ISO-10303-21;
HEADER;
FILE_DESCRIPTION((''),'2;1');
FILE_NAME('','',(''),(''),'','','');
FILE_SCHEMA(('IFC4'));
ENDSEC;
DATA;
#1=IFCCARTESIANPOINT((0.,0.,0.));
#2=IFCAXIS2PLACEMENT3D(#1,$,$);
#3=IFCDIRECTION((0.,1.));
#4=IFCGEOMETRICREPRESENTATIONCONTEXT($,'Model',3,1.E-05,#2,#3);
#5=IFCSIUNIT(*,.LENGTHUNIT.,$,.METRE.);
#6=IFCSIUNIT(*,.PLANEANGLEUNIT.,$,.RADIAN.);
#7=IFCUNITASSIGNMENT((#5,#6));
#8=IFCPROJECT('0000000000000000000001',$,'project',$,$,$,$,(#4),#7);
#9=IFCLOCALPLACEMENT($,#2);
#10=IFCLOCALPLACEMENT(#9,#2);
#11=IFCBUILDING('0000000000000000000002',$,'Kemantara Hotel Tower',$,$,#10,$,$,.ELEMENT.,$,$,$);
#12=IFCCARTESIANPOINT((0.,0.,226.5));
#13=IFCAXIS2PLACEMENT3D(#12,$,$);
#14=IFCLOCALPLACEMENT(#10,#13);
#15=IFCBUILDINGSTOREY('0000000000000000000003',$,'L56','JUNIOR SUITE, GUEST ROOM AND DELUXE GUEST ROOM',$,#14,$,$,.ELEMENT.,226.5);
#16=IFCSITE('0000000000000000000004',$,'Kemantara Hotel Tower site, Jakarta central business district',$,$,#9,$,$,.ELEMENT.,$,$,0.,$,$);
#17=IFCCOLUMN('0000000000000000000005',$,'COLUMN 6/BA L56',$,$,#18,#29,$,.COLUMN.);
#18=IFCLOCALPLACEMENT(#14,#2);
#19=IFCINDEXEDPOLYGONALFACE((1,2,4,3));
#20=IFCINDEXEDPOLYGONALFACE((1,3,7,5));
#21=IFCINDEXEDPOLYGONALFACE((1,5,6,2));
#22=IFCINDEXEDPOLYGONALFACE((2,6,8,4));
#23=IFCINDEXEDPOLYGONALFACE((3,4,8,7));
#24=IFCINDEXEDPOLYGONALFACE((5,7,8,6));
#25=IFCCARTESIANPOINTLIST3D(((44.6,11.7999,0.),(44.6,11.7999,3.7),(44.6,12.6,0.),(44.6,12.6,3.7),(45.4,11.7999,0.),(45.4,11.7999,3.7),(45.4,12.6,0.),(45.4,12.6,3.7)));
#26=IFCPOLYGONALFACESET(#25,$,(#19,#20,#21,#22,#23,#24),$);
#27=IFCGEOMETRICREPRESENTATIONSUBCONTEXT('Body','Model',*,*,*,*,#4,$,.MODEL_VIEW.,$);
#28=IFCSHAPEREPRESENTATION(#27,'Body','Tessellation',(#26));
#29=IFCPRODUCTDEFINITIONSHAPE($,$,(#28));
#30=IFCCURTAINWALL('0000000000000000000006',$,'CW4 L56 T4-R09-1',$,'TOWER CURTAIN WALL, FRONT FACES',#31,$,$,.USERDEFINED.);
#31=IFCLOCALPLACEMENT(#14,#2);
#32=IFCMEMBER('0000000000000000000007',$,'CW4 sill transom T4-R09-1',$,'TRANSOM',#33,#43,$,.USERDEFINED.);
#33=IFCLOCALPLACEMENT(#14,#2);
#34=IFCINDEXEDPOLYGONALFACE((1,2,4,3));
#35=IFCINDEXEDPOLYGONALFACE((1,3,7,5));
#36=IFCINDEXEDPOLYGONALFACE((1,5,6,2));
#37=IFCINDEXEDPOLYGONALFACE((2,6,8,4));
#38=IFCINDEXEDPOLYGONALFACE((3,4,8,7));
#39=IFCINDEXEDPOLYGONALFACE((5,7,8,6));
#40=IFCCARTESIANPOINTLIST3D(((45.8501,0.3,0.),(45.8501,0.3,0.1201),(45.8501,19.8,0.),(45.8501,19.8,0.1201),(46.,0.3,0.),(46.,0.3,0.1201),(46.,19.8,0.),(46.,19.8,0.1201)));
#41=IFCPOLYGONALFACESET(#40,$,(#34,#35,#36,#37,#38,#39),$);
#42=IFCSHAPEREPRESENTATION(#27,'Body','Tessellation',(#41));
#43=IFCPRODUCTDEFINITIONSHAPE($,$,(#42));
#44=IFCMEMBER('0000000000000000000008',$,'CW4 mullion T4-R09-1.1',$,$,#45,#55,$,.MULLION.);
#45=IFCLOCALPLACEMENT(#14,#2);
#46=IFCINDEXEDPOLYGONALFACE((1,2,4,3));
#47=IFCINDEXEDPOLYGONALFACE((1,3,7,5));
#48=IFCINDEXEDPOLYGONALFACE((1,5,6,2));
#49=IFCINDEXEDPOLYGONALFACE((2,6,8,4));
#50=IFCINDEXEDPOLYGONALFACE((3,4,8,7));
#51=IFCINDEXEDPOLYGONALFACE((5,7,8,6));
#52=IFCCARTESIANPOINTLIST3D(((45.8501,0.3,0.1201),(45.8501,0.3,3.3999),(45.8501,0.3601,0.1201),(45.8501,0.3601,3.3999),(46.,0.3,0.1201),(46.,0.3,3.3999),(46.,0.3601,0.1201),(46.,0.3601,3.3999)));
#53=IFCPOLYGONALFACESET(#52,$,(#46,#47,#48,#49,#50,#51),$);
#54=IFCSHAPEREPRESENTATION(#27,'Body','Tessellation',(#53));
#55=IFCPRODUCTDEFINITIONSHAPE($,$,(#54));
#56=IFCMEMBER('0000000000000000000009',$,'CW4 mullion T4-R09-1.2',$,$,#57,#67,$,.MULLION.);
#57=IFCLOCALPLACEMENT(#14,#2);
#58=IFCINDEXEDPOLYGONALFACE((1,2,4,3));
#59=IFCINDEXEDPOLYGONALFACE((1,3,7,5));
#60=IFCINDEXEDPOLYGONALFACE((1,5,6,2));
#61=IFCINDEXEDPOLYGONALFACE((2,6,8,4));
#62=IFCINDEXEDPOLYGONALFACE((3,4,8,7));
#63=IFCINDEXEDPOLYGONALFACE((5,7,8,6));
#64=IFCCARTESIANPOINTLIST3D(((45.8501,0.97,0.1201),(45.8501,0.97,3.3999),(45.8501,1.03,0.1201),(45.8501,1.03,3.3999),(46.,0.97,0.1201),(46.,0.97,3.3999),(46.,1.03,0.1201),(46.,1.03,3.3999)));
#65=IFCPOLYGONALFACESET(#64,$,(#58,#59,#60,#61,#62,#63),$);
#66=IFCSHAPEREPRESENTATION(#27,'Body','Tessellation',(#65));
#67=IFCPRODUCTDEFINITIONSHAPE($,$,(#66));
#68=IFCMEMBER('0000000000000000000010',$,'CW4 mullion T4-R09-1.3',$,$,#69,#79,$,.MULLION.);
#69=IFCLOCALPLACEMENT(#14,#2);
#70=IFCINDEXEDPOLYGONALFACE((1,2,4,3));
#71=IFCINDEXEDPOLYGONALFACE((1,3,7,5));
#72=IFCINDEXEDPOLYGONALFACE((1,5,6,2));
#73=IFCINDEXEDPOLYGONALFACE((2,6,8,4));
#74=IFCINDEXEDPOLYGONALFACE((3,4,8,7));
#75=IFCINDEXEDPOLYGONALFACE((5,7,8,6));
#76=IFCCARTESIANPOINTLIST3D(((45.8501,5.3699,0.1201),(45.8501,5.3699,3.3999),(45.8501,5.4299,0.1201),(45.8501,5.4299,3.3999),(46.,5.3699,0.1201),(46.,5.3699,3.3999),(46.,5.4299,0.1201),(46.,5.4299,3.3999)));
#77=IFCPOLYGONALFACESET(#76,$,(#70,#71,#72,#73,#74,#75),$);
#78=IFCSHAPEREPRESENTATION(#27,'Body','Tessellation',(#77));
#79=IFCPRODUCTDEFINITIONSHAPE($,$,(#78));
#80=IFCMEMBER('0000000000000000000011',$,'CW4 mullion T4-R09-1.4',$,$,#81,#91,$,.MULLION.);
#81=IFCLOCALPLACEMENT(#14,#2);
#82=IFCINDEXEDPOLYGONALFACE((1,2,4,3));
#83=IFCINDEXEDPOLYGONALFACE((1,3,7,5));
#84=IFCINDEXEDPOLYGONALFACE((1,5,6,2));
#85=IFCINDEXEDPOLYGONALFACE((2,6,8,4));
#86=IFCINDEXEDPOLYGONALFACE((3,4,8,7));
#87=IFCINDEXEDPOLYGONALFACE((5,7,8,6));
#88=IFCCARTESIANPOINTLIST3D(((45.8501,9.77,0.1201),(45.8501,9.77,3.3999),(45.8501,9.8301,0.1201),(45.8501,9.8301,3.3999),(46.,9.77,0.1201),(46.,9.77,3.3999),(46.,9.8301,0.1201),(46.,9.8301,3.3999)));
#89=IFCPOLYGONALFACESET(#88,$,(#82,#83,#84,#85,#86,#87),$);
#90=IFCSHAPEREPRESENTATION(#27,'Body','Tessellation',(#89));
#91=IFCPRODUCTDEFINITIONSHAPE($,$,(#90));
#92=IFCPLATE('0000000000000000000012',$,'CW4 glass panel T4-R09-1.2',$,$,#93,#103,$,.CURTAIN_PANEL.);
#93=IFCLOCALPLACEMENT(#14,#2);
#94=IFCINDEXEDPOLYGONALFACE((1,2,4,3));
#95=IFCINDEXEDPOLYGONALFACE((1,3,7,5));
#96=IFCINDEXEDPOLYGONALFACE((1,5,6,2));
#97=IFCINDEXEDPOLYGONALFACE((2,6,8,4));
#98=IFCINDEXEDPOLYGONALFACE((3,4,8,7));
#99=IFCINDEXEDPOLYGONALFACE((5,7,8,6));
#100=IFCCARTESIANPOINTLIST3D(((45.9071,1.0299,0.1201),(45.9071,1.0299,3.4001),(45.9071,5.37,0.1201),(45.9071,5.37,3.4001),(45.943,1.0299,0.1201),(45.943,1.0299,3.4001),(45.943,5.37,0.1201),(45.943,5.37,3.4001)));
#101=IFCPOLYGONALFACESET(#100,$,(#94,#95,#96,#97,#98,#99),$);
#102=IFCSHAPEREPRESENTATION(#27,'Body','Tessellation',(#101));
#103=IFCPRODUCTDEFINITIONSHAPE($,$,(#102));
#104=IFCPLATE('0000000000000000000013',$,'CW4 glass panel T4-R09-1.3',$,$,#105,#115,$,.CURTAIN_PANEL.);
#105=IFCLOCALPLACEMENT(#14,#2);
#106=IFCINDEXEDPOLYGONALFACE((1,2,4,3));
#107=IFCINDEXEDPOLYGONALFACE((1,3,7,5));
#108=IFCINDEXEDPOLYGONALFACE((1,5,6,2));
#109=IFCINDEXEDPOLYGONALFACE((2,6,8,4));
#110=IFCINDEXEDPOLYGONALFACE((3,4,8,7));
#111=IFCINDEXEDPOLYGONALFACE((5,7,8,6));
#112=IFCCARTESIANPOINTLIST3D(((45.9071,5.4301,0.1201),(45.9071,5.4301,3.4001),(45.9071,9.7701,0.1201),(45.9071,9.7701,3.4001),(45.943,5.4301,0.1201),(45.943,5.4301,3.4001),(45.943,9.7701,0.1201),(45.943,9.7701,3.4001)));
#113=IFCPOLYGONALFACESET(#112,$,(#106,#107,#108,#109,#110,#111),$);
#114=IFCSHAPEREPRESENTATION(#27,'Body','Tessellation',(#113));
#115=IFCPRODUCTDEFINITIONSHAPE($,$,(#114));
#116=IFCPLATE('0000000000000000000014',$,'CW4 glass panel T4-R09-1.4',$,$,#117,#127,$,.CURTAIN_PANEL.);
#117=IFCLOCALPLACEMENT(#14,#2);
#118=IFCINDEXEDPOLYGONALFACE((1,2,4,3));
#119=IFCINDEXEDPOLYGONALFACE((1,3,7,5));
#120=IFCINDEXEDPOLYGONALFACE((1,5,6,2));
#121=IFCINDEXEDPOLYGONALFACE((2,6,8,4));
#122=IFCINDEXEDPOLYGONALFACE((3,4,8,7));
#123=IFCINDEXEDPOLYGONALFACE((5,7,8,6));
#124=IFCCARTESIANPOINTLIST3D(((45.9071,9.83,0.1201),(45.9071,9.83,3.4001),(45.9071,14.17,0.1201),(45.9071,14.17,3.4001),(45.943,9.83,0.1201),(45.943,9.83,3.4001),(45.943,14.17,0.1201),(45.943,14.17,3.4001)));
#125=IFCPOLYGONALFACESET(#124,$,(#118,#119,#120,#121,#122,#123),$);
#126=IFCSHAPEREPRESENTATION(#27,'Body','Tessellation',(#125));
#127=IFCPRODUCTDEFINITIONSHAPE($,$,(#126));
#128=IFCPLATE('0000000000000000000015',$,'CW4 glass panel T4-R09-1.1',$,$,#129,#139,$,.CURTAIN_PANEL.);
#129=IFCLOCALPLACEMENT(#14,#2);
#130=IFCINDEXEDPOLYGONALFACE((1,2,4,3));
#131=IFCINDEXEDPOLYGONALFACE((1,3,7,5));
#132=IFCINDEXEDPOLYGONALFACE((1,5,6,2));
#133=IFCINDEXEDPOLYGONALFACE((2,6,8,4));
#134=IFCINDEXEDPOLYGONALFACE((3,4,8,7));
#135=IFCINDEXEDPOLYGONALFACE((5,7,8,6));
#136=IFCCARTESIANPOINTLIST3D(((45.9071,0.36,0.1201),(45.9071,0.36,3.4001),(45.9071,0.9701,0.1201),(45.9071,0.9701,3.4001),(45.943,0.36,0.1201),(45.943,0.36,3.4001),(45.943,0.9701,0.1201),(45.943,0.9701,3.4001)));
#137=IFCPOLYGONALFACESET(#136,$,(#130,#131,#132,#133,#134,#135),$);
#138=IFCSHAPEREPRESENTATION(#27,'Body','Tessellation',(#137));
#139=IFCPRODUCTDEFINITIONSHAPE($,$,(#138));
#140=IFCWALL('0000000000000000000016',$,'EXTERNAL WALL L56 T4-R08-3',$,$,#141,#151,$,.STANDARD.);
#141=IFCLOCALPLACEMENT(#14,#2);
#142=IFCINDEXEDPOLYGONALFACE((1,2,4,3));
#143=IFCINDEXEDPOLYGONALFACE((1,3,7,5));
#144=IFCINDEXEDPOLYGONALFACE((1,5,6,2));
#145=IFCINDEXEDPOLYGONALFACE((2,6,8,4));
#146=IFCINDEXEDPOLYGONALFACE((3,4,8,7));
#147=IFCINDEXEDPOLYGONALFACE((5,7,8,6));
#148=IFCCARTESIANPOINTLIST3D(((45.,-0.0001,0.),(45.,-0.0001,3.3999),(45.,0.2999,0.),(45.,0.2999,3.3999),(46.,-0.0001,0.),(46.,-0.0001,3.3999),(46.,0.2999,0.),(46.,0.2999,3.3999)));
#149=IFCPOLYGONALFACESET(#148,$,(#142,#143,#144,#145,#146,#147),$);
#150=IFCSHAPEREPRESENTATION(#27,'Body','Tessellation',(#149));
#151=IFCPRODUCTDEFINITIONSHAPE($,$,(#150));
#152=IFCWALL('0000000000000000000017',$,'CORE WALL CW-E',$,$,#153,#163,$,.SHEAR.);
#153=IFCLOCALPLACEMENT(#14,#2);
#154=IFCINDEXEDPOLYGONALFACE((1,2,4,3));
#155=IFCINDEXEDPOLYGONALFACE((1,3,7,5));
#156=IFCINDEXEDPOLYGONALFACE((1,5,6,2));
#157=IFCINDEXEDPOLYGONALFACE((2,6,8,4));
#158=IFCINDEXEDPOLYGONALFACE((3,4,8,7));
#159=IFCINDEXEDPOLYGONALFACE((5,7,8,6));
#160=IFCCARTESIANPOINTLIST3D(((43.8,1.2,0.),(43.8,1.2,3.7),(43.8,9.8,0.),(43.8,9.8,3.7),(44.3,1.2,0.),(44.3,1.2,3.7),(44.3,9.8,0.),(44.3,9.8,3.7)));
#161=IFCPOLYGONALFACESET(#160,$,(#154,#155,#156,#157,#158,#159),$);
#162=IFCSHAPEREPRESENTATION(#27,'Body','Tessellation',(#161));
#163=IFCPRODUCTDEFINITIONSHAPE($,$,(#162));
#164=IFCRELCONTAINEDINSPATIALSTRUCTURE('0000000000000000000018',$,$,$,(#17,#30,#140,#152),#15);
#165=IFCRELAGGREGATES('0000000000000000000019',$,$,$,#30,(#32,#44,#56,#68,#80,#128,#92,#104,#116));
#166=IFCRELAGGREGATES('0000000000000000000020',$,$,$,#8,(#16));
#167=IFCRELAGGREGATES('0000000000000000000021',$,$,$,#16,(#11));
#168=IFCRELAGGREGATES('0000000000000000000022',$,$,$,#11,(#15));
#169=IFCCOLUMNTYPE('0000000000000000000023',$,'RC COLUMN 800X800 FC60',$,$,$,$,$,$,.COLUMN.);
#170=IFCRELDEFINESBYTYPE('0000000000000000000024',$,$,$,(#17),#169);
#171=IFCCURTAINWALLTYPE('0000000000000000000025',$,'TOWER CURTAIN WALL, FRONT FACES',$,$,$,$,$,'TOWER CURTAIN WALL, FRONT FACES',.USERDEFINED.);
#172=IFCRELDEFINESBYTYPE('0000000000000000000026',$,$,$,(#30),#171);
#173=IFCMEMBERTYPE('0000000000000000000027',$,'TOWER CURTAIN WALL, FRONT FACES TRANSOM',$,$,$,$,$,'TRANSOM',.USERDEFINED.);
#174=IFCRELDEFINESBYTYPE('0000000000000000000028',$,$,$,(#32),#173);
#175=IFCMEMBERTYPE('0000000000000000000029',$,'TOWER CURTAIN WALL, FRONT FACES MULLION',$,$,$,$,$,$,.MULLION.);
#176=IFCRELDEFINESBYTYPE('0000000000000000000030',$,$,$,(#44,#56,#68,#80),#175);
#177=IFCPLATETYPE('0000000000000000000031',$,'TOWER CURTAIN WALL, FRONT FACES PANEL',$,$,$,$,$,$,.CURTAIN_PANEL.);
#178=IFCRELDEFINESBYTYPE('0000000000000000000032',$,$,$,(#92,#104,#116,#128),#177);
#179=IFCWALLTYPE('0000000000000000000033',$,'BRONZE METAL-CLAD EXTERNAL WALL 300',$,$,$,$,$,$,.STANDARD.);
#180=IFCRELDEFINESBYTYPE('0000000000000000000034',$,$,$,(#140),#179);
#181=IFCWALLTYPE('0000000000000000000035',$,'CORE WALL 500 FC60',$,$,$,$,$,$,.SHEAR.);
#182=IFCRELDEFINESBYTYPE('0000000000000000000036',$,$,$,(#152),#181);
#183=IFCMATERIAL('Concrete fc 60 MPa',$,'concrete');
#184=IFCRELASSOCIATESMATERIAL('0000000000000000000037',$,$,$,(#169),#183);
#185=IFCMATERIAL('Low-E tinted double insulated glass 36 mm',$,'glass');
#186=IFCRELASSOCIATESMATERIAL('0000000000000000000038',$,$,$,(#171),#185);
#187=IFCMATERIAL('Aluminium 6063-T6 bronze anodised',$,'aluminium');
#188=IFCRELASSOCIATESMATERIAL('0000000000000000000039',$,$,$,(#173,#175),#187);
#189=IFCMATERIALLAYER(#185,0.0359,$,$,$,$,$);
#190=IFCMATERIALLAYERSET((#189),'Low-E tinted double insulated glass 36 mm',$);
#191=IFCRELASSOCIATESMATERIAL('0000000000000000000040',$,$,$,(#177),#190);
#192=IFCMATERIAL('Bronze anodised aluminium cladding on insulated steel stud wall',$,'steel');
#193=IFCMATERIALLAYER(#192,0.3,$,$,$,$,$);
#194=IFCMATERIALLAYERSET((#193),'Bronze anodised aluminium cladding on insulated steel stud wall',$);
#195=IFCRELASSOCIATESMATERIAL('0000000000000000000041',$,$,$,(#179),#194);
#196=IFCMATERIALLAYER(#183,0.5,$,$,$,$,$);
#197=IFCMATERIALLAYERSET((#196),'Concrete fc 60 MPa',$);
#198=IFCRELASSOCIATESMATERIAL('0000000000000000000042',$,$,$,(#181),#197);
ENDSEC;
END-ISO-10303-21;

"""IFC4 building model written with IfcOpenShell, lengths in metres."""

from ifc_helpers import new_model, si_unit, direction, frame, frame_2d, origin, origin_2d, place, context, subcontext, project, spatial, rectangle, extrude, source, transform, mapped, material, layer, layer_set, material_profile, profile_set, type_object, element, aggregate, save


model = new_model("IFC4")

# Units and contexts
model_context = context("Model", 3, precision=1e-05, world=origin(), true_north=direction((0.0, 1.0)))
body_context = subcontext(model_context, "Body", "Model", "MODEL_VIEW")
ifc_project = project(units=[si_unit("LENGTHUNIT", "METRE"), si_unit("PLANEANGLEUNIT", "RADIAN")], contexts=[model_context])

# Site, building, storey
site_placement = place(None, origin())
site = spatial("IfcSite", under=ifc_project, at=site_placement, Name="Kemantara Hotel Tower site, Jakarta central business district", CompositionType="ELEMENT", RefElevation=0.0)
building_placement = place(site_placement, origin())
building = spatial("IfcBuilding", under=site, at=building_placement, Name="Kemantara Hotel Tower", CompositionType="ELEMENT")
storey_placement = place(building_placement, frame((0.0, 0.0, 226.5)))
storey = spatial("IfcBuildingStorey", under=building, at=storey_placement, Name="L56", Description="JUNIOR SUITE, GUEST ROOM AND DELUXE GUEST ROOM", CompositionType="ELEMENT", Elevation=226.5)

# Column
ifc_material_1 = material(Name="Concrete fc 60 MPa", Category="concrete")
ifc_material_profile_1 = material_profile(ifc_material_1, rectangle(XDim=0.8, YDim=0.8, at=origin_2d()), Name="RC 800X800")
ifc_profile_set_1 = profile_set([ifc_material_profile_1], Name="Concrete fc 60 MPa")
column_type = type_object("IfcColumnType", Name="RC COLUMN 800X800 FC60", PredefinedType="COLUMN", material=ifc_profile_set_1)
column_placement = place(storey_placement, frame((45.0, 12.2, 0.0), z_axis=(0.0, 0.0, 1.0), x_axis=(1.0, 0.0, 0.0)))
element("IfcColumn", 1, at=column_placement, inside=storey, type_object=column_type, Name="COLUMN 6/BA L56", PredefinedType="COLUMN", context=body_context, shape_type="SweptSolid", body=[
    extrude(rectangle(XDim=0.8, YDim=0.8, at=origin_2d()), origin(), (0.0, 0.0, 1.0), 3.7),
])

# Curtain wall, members, plates
ifc_material_2 = material(Name="Low-E tinted double insulated glass 36 mm", Category="glass")
curtain_wall_type = type_object("IfcCurtainWallType", Name="TOWER CURTAIN WALL, FRONT FACES", ElementType="TOWER CURTAIN WALL, FRONT FACES", PredefinedType="USERDEFINED", material=ifc_material_2)
curtain_wall_placement = place(storey_placement, origin())
curtain_wall = element("IfcCurtainWall", 2, at=curtain_wall_placement, inside=storey, type_object=curtain_wall_type, Name="CW4 L56 T4-R09-1", ObjectType="TOWER CURTAIN WALL, FRONT FACES", PredefinedType="USERDEFINED")
ifc_material_3 = material(Name="Aluminium 6063-T6 bronze anodised", Category="aluminium")
ifc_material_profile_2 = material_profile(ifc_material_3, rectangle(XDim=0.1499, YDim=0.1201, at=origin_2d()), Name="TOWER CURTAIN WALL, FRONT FACES TRANSOM")
ifc_profile_set_2 = profile_set([ifc_material_profile_2], Name="Aluminium 6063-T6 bronze anodised")
member_type_1 = type_object("IfcMemberType", Name="TOWER CURTAIN WALL, FRONT FACES TRANSOM", ElementType="TRANSOM", PredefinedType="USERDEFINED", material=ifc_profile_set_2)
member_1_placement = place(storey_placement, frame((45.925, 0.3, 0.0601), z_axis=(0.0, 1.0, 0.0), x_axis=(-1.0, 0.0, 0.0)))
member_1 = element("IfcMember", 3, at=member_1_placement, type_object=member_type_1, Name="CW4 sill transom T4-R09-1", ObjectType="TRANSOM", PredefinedType="USERDEFINED", context=body_context, shape_type="SweptSolid", body=[
    extrude(rectangle(XDim=0.1499, YDim=0.1201, at=origin_2d()), origin(), (0.0, 0.0, 1.0), 19.5),
])
ifc_material_profile_3 = material_profile(ifc_material_3, rectangle(XDim=0.1499, YDim=0.0601, at=origin_2d()), Name="TOWER CURTAIN WALL, FRONT FACES MULLION")
ifc_profile_set_3 = profile_set([ifc_material_profile_3], Name="Aluminium 6063-T6 bronze anodised")
member_type_2 = type_object("IfcMemberType", Name="TOWER CURTAIN WALL, FRONT FACES MULLION", PredefinedType="MULLION", material=ifc_profile_set_3)
shared_shape_1 = source(origin(), body_context, "Body", "SweptSolid", [
    extrude(rectangle(XDim=0.1499, YDim=0.0601, at=origin_2d()), origin(), (0.0, 0.0, 1.0), 3.2798),
])
member_2_placement = place(storey_placement, frame((45.925, 0.3301, 0.1201), z_axis=(0.0, 0.0, 1.0), x_axis=(-1.0, 0.0, 0.0)))
member_2 = element("IfcMember", 4, at=member_2_placement, type_object=member_type_2, Name="CW4 mullion T4-R09-1.1", PredefinedType="MULLION", context=body_context, shape_type="MappedRepresentation", body=[
    mapped(shared_shape_1, transform((0.0, 0.0, 0.0))),
])
member_3_placement = place(storey_placement, frame((45.925, 1.0, 0.1201), z_axis=(0.0, 0.0, 1.0), x_axis=(-1.0, 0.0, 0.0)))
member_3 = element("IfcMember", 5, at=member_3_placement, type_object=member_type_2, Name="CW4 mullion T4-R09-1.2", PredefinedType="MULLION", context=body_context, shape_type="MappedRepresentation", body=[
    mapped(shared_shape_1, transform((0.0, 0.0, 0.0))),
])
member_4_placement = place(storey_placement, frame((45.925, 5.3999, 0.1201), z_axis=(0.0, 0.0, 1.0), x_axis=(-1.0, 0.0, 0.0)))
member_4 = element("IfcMember", 6, at=member_4_placement, type_object=member_type_2, Name="CW4 mullion T4-R09-1.3", PredefinedType="MULLION", context=body_context, shape_type="MappedRepresentation", body=[
    mapped(shared_shape_1, transform((0.0, 0.0, 0.0))),
])
member_5_placement = place(storey_placement, frame((45.925, 9.8, 0.1201), z_axis=(0.0, 0.0, 1.0), x_axis=(-1.0, 0.0, 0.0)))
member_5 = element("IfcMember", 7, at=member_5_placement, type_object=member_type_2, Name="CW4 mullion T4-R09-1.4", PredefinedType="MULLION", context=body_context, shape_type="MappedRepresentation", body=[
    mapped(shared_shape_1, transform((0.0, 0.0, 0.0))),
])
ifc_layer_1 = layer(ifc_material_2, 0.0359)
ifc_layer_set_1 = layer_set([ifc_layer_1], Name="Low-E tinted double insulated glass 36 mm")
plate_type = type_object("IfcPlateType", Name="TOWER CURTAIN WALL, FRONT FACES PANEL", PredefinedType="CURTAIN_PANEL", material=ifc_layer_set_1)
shared_shape_2 = source(origin(), body_context, "Body", "SweptSolid", [
    extrude(rectangle(XDim=4.3401, YDim=0.0359, at=origin_2d()), origin(), (0.0, 0.0, 1.0), 3.28),
])
plate_1_placement = place(storey_placement, frame((45.925, 3.2, 0.1201), z_axis=(0.0, 0.0, 1.0), x_axis=(0.0, 1.0, 0.0)))
plate_1 = element("IfcPlate", 8, at=plate_1_placement, type_object=plate_type, Name="CW4 glass panel T4-R09-1.2", PredefinedType="CURTAIN_PANEL", context=body_context, shape_type="MappedRepresentation", body=[
    mapped(shared_shape_2, transform((0.0, 0.0, 0.0))),
])
plate_2_placement = place(storey_placement, frame((45.925, 7.6001, 0.1201), z_axis=(0.0, 0.0, 1.0), x_axis=(0.0, 1.0, 0.0)))
plate_2 = element("IfcPlate", 9, at=plate_2_placement, type_object=plate_type, Name="CW4 glass panel T4-R09-1.3", PredefinedType="CURTAIN_PANEL", context=body_context, shape_type="MappedRepresentation", body=[
    mapped(shared_shape_2, transform((0.0, 0.0, 0.0))),
])
plate_3_placement = place(storey_placement, frame((45.925, 12.0, 0.1201), z_axis=(0.0, 0.0, 1.0), x_axis=(0.0, 1.0, 0.0)))
plate_3 = element("IfcPlate", 10, at=plate_3_placement, type_object=plate_type, Name="CW4 glass panel T4-R09-1.4", PredefinedType="CURTAIN_PANEL", context=body_context, shape_type="MappedRepresentation", body=[
    mapped(shared_shape_2, transform((0.0, 0.0, 0.0))),
])
shared_shape_3 = source(origin(), body_context, "Body", "SweptSolid", [
    extrude(rectangle(XDim=0.6101, YDim=0.0359, at=origin_2d()), origin(), (0.0, 0.0, 1.0), 3.28),
])
plate_4_placement = place(storey_placement, frame((45.925, 0.665, 0.1201), z_axis=(0.0, 0.0, 1.0), x_axis=(0.0, 1.0, 0.0)))
plate_4 = element("IfcPlate", 11, at=plate_4_placement, type_object=plate_type, Name="CW4 glass panel T4-R09-1.1", PredefinedType="CURTAIN_PANEL", context=body_context, shape_type="MappedRepresentation", body=[
    mapped(shared_shape_3, transform((0.0, 0.0, 0.0))),
])
aggregate(curtain_wall, [member_1, member_2, member_3, member_4, member_5, plate_4, plate_1, plate_2, plate_3])

# Walls
ifc_material_4 = material(Name="Bronze anodised aluminium cladding on insulated steel stud wall", Category="steel")
ifc_layer_2 = layer(ifc_material_4, 0.3)
ifc_layer_set_2 = layer_set([ifc_layer_2], Name="Bronze anodised aluminium cladding on insulated steel stud wall")
wall_type_1 = type_object("IfcWallType", Name="BRONZE METAL-CLAD EXTERNAL WALL 300", PredefinedType="STANDARD", material=ifc_layer_set_2)
wall_1_placement = place(storey_placement, frame((45.0, 0.1499, 0.0), z_axis=(0.0, 0.0, 1.0), x_axis=(1.0, 0.0, 0.0)))
element("IfcWall", 12, at=wall_1_placement, inside=storey, type_object=wall_type_1, Name="EXTERNAL WALL L56 T4-R08-3", PredefinedType="STANDARD", context=body_context, shape_type="SweptSolid", body=[
    extrude(rectangle(XDim=1.0, YDim=0.3, at=frame_2d((0.5, 0.0))), origin(), (0.0, 0.0, 1.0), 3.3999),
])
ifc_layer_3 = layer(ifc_material_1, 0.5)
ifc_layer_set_3 = layer_set([ifc_layer_3], Name="Concrete fc 60 MPa")
wall_type_2 = type_object("IfcWallType", Name="CORE WALL 500 FC60", PredefinedType="SHEAR", material=ifc_layer_set_3)
wall_2_placement = place(storey_placement, frame((44.05, 1.2, 0.0), z_axis=(0.0, 0.0, 1.0), x_axis=(0.0, 1.0, 0.0)))
element("IfcWall", 13, at=wall_2_placement, inside=storey, type_object=wall_type_2, Name="CORE WALL CW-E", PredefinedType="SHEAR", context=body_context, shape_type="SweptSolid", body=[
    extrude(rectangle(XDim=8.6001, YDim=0.5, at=frame_2d((4.3, 0.0))), origin(), (0.0, 0.0, 1.0), 3.7),
])

save(model, "model.ifc")
